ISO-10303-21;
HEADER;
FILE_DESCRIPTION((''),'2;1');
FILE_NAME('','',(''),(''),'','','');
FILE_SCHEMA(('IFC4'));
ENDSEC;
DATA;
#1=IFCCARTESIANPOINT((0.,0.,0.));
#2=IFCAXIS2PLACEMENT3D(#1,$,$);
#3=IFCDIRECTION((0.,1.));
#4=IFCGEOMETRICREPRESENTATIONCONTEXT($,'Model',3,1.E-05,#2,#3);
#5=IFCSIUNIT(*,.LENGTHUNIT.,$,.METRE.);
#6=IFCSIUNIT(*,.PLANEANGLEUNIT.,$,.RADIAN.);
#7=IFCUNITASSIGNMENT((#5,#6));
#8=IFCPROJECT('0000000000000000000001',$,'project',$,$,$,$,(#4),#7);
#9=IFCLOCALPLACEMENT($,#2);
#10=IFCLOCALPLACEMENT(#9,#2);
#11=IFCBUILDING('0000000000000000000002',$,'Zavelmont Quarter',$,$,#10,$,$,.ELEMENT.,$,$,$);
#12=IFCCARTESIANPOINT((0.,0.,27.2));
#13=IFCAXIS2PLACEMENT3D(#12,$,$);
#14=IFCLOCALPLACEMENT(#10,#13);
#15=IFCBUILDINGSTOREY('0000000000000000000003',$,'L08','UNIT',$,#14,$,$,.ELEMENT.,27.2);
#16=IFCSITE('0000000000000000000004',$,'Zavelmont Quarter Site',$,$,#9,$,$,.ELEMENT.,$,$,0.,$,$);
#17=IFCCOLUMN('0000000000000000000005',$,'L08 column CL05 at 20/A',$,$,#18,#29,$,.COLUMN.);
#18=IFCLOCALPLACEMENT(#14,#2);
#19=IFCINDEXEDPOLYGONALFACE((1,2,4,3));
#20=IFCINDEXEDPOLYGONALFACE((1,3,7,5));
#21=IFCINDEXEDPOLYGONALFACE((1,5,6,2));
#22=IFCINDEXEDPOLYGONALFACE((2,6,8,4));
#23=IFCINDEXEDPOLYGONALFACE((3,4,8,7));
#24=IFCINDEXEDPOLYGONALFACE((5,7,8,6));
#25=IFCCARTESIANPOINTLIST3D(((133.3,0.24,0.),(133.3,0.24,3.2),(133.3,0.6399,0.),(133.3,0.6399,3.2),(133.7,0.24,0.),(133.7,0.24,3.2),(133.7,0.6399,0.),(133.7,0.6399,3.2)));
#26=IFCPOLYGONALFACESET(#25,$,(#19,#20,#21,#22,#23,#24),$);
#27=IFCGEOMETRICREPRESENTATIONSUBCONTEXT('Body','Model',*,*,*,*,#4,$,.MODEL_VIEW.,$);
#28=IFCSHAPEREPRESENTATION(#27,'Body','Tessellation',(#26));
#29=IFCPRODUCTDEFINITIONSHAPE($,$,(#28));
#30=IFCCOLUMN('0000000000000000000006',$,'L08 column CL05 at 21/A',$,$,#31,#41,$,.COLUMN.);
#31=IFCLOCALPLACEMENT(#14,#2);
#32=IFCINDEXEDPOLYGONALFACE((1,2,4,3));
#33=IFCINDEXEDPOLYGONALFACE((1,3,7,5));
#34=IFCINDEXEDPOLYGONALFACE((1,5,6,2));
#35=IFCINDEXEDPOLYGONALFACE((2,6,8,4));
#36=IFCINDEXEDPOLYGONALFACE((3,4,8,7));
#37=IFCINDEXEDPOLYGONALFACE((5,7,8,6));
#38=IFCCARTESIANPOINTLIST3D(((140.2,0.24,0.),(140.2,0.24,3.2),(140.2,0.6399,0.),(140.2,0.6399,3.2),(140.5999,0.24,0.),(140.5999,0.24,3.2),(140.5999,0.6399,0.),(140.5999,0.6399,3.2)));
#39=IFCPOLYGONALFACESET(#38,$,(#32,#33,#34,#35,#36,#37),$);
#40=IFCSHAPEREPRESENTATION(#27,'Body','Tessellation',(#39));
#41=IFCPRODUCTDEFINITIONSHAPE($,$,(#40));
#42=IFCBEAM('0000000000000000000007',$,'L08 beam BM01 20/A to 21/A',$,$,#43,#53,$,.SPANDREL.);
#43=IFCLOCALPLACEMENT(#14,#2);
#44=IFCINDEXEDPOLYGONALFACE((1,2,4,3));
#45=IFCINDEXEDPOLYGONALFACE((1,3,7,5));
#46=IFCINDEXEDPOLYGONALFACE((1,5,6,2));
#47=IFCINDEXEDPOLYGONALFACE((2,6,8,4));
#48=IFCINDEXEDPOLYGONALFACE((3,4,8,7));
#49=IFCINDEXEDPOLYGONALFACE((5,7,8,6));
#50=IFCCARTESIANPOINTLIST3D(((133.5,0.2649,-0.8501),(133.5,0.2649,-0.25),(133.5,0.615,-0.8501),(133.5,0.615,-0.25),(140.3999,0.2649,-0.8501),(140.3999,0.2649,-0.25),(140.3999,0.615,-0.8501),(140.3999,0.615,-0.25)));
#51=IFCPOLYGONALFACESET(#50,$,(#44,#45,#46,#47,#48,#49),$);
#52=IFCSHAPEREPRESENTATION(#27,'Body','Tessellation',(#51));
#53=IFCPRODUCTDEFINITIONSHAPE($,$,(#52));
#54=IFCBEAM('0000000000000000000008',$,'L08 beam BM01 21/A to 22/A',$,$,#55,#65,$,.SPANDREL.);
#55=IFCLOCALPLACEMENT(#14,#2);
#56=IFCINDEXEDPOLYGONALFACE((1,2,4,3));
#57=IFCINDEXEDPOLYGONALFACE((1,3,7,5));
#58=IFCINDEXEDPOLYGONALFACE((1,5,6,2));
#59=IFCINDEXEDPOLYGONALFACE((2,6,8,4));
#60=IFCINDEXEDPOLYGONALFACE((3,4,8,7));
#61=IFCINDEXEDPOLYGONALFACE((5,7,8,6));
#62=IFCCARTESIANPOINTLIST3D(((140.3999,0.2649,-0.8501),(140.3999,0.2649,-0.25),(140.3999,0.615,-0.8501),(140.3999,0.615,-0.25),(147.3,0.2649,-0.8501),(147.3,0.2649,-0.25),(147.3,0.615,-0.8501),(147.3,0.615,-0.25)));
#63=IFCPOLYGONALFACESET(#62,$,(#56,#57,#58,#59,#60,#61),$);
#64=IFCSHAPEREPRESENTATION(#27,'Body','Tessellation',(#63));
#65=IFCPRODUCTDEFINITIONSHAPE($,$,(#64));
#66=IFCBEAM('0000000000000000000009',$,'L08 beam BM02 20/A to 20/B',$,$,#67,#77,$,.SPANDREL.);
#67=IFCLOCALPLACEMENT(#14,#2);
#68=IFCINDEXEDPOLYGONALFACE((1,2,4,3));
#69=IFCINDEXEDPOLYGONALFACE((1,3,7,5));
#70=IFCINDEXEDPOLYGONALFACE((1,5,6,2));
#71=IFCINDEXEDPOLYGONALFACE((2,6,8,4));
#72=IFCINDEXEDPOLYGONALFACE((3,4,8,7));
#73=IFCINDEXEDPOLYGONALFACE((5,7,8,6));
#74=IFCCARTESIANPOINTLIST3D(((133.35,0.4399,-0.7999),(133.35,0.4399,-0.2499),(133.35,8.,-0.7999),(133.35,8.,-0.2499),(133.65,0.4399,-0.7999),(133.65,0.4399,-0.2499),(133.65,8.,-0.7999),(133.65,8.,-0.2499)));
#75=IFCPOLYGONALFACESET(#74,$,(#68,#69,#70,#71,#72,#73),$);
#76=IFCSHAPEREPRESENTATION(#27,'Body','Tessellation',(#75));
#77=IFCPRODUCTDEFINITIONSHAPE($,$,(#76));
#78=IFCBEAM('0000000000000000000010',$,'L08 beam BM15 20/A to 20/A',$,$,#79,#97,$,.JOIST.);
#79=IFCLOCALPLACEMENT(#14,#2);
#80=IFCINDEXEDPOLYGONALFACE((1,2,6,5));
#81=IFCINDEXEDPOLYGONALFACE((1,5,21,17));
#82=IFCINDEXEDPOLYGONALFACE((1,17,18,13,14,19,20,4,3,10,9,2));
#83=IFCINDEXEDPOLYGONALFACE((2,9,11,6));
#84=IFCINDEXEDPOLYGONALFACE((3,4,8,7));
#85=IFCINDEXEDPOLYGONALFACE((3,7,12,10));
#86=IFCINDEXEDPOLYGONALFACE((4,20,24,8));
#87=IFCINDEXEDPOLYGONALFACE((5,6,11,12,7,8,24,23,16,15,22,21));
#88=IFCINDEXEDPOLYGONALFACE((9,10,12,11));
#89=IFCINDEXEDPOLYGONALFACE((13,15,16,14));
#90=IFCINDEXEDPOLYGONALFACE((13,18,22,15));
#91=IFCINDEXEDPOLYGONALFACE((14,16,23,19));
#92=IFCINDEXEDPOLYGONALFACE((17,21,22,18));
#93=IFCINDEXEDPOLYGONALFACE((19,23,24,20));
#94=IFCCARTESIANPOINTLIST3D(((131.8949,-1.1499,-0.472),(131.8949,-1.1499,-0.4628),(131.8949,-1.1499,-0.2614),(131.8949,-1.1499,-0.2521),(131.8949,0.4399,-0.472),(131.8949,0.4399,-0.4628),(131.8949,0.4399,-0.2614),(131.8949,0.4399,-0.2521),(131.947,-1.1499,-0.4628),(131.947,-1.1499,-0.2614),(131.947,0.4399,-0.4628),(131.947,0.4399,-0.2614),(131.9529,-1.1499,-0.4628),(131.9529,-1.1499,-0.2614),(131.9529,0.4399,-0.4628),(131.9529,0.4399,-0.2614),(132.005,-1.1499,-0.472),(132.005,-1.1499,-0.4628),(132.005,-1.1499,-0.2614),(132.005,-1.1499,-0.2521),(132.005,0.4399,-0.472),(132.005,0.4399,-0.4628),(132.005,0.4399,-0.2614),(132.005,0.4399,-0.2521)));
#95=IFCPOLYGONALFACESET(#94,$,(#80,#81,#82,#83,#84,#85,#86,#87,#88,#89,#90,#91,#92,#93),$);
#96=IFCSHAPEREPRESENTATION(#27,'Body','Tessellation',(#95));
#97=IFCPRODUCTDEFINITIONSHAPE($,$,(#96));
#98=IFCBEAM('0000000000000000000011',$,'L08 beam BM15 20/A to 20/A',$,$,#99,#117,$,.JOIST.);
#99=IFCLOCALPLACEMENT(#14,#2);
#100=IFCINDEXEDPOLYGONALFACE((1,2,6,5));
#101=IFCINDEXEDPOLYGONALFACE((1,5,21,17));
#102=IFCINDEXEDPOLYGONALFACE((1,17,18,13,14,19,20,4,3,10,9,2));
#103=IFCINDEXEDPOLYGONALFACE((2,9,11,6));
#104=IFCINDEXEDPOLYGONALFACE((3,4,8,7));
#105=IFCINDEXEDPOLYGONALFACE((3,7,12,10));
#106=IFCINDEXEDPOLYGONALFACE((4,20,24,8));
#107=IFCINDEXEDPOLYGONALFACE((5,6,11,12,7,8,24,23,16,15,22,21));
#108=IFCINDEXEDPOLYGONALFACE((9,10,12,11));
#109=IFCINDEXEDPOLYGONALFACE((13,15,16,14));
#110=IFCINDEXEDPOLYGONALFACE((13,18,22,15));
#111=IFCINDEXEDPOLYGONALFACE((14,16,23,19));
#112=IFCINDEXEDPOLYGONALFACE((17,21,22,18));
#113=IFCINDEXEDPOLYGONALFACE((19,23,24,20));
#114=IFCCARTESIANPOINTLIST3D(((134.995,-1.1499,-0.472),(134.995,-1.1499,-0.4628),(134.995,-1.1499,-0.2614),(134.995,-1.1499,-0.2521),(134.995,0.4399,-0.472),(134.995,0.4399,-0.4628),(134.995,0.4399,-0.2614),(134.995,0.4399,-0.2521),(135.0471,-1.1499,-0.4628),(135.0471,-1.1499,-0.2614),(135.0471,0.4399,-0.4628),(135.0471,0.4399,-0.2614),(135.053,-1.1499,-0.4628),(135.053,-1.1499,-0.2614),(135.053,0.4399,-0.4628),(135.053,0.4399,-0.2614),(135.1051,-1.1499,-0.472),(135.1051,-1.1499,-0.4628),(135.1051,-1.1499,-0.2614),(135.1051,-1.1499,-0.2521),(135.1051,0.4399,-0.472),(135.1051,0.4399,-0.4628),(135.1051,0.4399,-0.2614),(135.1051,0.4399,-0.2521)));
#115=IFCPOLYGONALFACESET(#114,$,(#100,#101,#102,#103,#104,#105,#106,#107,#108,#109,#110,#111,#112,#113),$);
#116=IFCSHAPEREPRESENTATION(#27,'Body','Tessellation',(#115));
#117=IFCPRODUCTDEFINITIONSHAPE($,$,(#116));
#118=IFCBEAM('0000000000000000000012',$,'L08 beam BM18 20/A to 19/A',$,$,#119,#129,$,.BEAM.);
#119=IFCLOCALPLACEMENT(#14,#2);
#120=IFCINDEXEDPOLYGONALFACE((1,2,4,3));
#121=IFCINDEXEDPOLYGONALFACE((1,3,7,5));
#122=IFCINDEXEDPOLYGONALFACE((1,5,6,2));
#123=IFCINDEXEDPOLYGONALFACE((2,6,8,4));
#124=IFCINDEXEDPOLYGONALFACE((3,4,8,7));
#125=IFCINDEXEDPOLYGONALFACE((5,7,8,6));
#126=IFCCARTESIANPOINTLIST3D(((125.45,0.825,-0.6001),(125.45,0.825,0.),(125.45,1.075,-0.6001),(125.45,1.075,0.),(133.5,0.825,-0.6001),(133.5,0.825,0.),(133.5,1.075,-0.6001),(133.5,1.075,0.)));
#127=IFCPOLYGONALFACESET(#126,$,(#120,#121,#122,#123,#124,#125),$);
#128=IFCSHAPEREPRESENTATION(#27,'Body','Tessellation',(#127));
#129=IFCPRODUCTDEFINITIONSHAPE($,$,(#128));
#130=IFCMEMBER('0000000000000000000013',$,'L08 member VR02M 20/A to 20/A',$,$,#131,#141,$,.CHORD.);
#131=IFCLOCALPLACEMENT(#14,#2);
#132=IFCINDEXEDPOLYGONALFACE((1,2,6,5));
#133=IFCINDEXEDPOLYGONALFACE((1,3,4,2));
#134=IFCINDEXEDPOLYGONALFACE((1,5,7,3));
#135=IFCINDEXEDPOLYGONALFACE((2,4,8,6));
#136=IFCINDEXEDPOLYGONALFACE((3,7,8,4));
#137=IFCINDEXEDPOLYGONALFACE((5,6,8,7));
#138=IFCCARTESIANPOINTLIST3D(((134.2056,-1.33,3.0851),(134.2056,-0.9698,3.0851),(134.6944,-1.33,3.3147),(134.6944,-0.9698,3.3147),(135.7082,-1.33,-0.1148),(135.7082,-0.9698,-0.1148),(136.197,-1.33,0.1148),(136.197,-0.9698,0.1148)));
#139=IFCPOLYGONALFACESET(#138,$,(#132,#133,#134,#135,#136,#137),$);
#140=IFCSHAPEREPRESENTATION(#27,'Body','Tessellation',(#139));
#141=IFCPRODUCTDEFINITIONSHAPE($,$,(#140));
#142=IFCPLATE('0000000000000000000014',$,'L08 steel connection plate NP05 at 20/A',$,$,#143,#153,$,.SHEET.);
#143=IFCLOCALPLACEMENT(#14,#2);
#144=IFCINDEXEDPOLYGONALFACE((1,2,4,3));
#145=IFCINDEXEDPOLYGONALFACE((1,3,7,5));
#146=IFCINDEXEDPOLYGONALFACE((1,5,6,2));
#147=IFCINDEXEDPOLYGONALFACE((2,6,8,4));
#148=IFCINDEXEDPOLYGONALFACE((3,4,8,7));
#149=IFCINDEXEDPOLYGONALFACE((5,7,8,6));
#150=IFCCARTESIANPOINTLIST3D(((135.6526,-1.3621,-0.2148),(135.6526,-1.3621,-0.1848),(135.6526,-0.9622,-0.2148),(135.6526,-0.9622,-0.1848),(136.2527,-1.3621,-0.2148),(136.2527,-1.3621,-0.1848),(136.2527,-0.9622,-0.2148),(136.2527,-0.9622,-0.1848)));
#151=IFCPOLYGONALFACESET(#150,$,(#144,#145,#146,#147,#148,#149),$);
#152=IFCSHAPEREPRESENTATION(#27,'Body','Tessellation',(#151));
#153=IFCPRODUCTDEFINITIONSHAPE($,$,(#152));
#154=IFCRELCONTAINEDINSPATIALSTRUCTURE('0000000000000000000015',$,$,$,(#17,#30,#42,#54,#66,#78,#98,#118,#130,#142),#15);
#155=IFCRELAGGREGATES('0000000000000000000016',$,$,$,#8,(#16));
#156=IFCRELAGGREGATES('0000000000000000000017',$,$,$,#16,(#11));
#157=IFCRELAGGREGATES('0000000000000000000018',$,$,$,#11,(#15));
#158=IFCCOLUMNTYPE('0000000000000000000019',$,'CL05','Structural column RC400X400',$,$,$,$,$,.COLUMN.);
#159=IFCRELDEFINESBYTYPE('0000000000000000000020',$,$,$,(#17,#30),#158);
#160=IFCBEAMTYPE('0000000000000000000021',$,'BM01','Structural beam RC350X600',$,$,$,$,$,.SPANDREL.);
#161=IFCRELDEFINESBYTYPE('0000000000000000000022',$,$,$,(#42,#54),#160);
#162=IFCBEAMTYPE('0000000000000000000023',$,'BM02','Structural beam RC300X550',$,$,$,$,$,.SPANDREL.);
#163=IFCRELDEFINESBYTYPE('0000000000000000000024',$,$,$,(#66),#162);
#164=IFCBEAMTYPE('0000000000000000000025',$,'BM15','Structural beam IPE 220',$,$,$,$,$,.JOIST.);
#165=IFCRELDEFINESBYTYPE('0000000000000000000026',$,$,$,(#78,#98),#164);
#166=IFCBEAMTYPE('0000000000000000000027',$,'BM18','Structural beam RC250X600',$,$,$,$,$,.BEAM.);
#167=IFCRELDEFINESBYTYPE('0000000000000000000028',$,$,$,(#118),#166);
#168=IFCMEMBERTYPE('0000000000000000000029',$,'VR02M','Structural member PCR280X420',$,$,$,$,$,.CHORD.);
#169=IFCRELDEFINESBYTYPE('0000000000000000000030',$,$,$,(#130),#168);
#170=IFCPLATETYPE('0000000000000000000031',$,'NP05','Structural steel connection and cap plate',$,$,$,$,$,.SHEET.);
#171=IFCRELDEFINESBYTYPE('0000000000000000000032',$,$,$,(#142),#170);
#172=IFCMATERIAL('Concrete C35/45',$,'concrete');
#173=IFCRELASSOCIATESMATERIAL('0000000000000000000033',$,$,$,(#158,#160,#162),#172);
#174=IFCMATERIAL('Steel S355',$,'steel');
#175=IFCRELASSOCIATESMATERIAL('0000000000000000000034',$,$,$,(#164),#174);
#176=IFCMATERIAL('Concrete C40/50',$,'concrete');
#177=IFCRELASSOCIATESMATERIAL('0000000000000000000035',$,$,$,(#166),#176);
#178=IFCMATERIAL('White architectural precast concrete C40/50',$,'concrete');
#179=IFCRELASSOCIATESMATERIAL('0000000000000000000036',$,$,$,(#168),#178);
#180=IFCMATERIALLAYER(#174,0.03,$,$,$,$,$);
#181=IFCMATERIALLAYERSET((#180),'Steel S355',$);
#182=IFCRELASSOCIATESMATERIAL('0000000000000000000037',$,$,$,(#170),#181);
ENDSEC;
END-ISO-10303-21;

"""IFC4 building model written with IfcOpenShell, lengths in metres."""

from ifc_helpers import new_model, si_unit, direction, frame, origin, origin_2d, place, context, subcontext, project, spatial, rectangle, i_section, extrude, material, layer, layer_set, material_profile, profile_set, type_object, element, save


model = new_model("IFC4")

# Units and contexts
model_context = context("Model", 3, precision=1e-05, world=origin(), true_north=direction((0.0, 1.0)))
body_context = subcontext(model_context, "Body", "Model", "MODEL_VIEW")
ifc_project = project(units=[si_unit("LENGTHUNIT", "METRE"), si_unit("PLANEANGLEUNIT", "RADIAN")], contexts=[model_context])

# Site, building, storey
site_placement = place(None, origin())
site = spatial("IfcSite", under=ifc_project, at=site_placement, Name="Zavelmont Quarter Site", CompositionType="ELEMENT", RefElevation=0.0)
building_placement = place(site_placement, origin())
building = spatial("IfcBuilding", under=site, at=building_placement, Name="Zavelmont Quarter", CompositionType="ELEMENT")
storey_placement = place(building_placement, frame((0.0, 0.0, 27.2)))
storey = spatial("IfcBuildingStorey", under=building, at=storey_placement, Name="L08", Description="UNIT", CompositionType="ELEMENT", Elevation=27.2)

# Columns
ifc_material_1 = material(Name="Concrete C35/45", Category="concrete")
ifc_material_profile_1 = material_profile(ifc_material_1, rectangle(XDim=0.3999, YDim=0.3999, at=origin_2d()), Name="RC400X400")
ifc_profile_set_1 = profile_set([ifc_material_profile_1], Name="Concrete C35/45")
column_type = type_object("IfcColumnType", Name="CL05", Description="Structural column RC400X400", PredefinedType="COLUMN", material=ifc_profile_set_1)
for number, where, z_axis, x_axis, name in (
    (1, (133.5, 0.4399, 0.0), (0.0, 0.0, 1.0), (1.0, 0.0, 0.0), "L08 column CL05 at 20/A"),
    (2, (140.3999, 0.4399, 0.0), (0.0, 0.0, 1.0), (1.0, 0.0, 0.0), "L08 column CL05 at 21/A"),
):
    element("IfcColumn", number, at=place(storey_placement, frame(where, z_axis=z_axis, x_axis=x_axis)), inside=storey, type_object=column_type, Name=name, PredefinedType="COLUMN", context=body_context, shape_type="SweptSolid", body=[
        extrude(rectangle(XDim=0.3999, YDim=0.3999, at=origin_2d()), origin(), (0.0, 0.0, 1.0), 3.2),
    ])

# Beams
ifc_material_profile_2 = material_profile(ifc_material_1, rectangle(XDim=0.3501, YDim=0.6001, at=origin_2d()), Name="RC350X600")
ifc_profile_set_2 = profile_set([ifc_material_profile_2], Name="Concrete C35/45")
beam_type_1 = type_object("IfcBeamType", Name="BM01", Description="Structural beam RC350X600", PredefinedType="SPANDREL", material=ifc_profile_set_2)
beam_1_placement = place(storey_placement, frame((133.5, 0.4399, -0.55), z_axis=(1.0, 0.0, 0.0), x_axis=(0.0, 1.0, 0.0)))
element("IfcBeam", 3, at=beam_1_placement, inside=storey, type_object=beam_type_1, Name="L08 beam BM01 20/A to 21/A", PredefinedType="SPANDREL", context=body_context, shape_type="SweptSolid", body=[
    extrude(rectangle(XDim=0.3501, YDim=0.6001, at=origin_2d()), origin(), (0.0, 0.0, 1.0), 6.8999),
])
beam_2_placement = place(storey_placement, frame((140.3999, 0.4399, -0.55), z_axis=(1.0, 0.0, 0.0), x_axis=(0.0, 1.0, 0.0)))
element("IfcBeam", 4, at=beam_2_placement, inside=storey, type_object=beam_type_1, Name="L08 beam BM01 21/A to 22/A", PredefinedType="SPANDREL", context=body_context, shape_type="SweptSolid", body=[
    extrude(rectangle(XDim=0.3501, YDim=0.6001, at=origin_2d()), origin(), (0.0, 0.0, 1.0), 6.9001),
])
ifc_material_profile_3 = material_profile(ifc_material_1, rectangle(XDim=0.3, YDim=0.55, at=origin_2d()), Name="RC300X550")
ifc_profile_set_3 = profile_set([ifc_material_profile_3], Name="Concrete C35/45")
beam_type_2 = type_object("IfcBeamType", Name="BM02", Description="Structural beam RC300X550", PredefinedType="SPANDREL", material=ifc_profile_set_3)
beam_3_placement = place(storey_placement, frame((133.5, 0.4399, -0.5249), z_axis=(0.0, 1.0, 0.0), x_axis=(-1.0, 0.0, 0.0)))
element("IfcBeam", 5, at=beam_3_placement, inside=storey, type_object=beam_type_2, Name="L08 beam BM02 20/A to 20/B", PredefinedType="SPANDREL", context=body_context, shape_type="SweptSolid", body=[
    extrude(rectangle(XDim=0.3, YDim=0.55, at=origin_2d()), origin(), (0.0, 0.0, 1.0), 7.5601),
])
ifc_material_2 = material(Name="Steel S355", Category="steel")
ifc_material_profile_4 = material_profile(ifc_material_2, i_section(OverallWidth=0.1101, OverallDepth=0.22, WebThickness=0.0059, FlangeThickness=0.0093, at=origin_2d()), Name="IPE 220")
ifc_profile_set_4 = profile_set([ifc_material_profile_4], Name="Steel S355")
beam_type_3 = type_object("IfcBeamType", Name="BM15", Description="Structural beam IPE 220", PredefinedType="JOIST", material=ifc_profile_set_4)
for number, where, z_axis, x_axis, name in (
    (6, (131.95, 0.4399, -0.3621), (0.0, -1.0, 0.0), (1.0, 0.0, 0.0), "L08 beam BM15 20/A to 20/A"),
    (7, (135.05, 0.4399, -0.3621), (0.0, -1.0, 0.0), (1.0, 0.0, 0.0), "L08 beam BM15 20/A to 20/A"),
):
    element("IfcBeam", number, at=place(storey_placement, frame(where, z_axis=z_axis, x_axis=x_axis)), inside=storey, type_object=beam_type_3, Name=name, PredefinedType="JOIST", context=body_context, shape_type="SweptSolid", body=[
        extrude(i_section(OverallWidth=0.1101, OverallDepth=0.22, WebThickness=0.0059, FlangeThickness=0.0093, at=origin_2d()), origin(), (0.0, 0.0, 1.0), 1.5898),
    ])
ifc_material_3 = material(Name="Concrete C40/50", Category="concrete")
ifc_material_profile_5 = material_profile(ifc_material_3, rectangle(XDim=0.25, YDim=0.6001, at=origin_2d()), Name="RC250X600")
ifc_profile_set_5 = profile_set([ifc_material_profile_5], Name="Concrete C40/50")
beam_type_4 = type_object("IfcBeamType", Name="BM18", Description="Structural beam RC250X600", PredefinedType="BEAM", material=ifc_profile_set_5)
beam_4_placement = place(storey_placement, frame((133.5, 0.95, -0.3), z_axis=(-1.0, 0.0, 0.0), x_axis=(0.0, -1.0, 0.0)))
element("IfcBeam", 8, at=beam_4_placement, inside=storey, type_object=beam_type_4, Name="L08 beam BM18 20/A to 19/A", PredefinedType="BEAM", context=body_context, shape_type="SweptSolid", body=[
    extrude(rectangle(XDim=0.25, YDim=0.6001, at=origin_2d()), origin(), (0.0, 0.0, 1.0), 8.05),
])

# Member
ifc_material_4 = material(Name="White architectural precast concrete C40/50", Category="concrete")
ifc_material_profile_6 = material_profile(ifc_material_4, rectangle(XDim=0.3601, YDim=0.54, at=origin_2d()), Name="PCR280X420")
ifc_profile_set_6 = profile_set([ifc_material_profile_6], Name="White architectural precast concrete C40/50")
member_type = type_object("IfcMemberType", Name="VR02M", Description="Structural member PCR280X420", PredefinedType="CHORD", material=ifc_profile_set_6)
member_placement = place(storey_placement, frame((135.9526, -1.1499, 0.0), z_axis=(-0.425062, 0.0, 0.905164), x_axis=(0.0, -1.0, 0.0)))
element("IfcMember", 9, at=member_placement, inside=storey, type_object=member_type, Name="L08 member VR02M 20/A to 20/A", PredefinedType="CHORD", context=body_context, shape_type="SweptSolid", body=[
    extrude(rectangle(XDim=0.3601, YDim=0.54, at=origin_2d()), origin(), (0.0, 0.0, 1.0), 3.5352),
])

# Plate
ifc_layer_1 = layer(ifc_material_2, 0.03)
ifc_layer_set_1 = layer_set([ifc_layer_1], Name="Steel S355")
plate_type = type_object("IfcPlateType", Name="NP05", Description="Structural steel connection and cap plate", PredefinedType="SHEET", material=ifc_layer_set_1)
plate_placement = place(storey_placement, frame((135.9526, -1.1621, -0.2148), z_axis=(0.0, 0.0, 1.0), x_axis=(1.0, 0.0, 0.0)))
element("IfcPlate", 10, at=plate_placement, inside=storey, type_object=plate_type, Name="L08 steel connection plate NP05 at 20/A", PredefinedType="SHEET", context=body_context, shape_type="SweptSolid", body=[
    extrude(rectangle(XDim=0.6001, YDim=0.3999, at=origin_2d()), origin(), (0.0, 0.0, 1.0), 0.03),
])

save(model, "model.ifc")
